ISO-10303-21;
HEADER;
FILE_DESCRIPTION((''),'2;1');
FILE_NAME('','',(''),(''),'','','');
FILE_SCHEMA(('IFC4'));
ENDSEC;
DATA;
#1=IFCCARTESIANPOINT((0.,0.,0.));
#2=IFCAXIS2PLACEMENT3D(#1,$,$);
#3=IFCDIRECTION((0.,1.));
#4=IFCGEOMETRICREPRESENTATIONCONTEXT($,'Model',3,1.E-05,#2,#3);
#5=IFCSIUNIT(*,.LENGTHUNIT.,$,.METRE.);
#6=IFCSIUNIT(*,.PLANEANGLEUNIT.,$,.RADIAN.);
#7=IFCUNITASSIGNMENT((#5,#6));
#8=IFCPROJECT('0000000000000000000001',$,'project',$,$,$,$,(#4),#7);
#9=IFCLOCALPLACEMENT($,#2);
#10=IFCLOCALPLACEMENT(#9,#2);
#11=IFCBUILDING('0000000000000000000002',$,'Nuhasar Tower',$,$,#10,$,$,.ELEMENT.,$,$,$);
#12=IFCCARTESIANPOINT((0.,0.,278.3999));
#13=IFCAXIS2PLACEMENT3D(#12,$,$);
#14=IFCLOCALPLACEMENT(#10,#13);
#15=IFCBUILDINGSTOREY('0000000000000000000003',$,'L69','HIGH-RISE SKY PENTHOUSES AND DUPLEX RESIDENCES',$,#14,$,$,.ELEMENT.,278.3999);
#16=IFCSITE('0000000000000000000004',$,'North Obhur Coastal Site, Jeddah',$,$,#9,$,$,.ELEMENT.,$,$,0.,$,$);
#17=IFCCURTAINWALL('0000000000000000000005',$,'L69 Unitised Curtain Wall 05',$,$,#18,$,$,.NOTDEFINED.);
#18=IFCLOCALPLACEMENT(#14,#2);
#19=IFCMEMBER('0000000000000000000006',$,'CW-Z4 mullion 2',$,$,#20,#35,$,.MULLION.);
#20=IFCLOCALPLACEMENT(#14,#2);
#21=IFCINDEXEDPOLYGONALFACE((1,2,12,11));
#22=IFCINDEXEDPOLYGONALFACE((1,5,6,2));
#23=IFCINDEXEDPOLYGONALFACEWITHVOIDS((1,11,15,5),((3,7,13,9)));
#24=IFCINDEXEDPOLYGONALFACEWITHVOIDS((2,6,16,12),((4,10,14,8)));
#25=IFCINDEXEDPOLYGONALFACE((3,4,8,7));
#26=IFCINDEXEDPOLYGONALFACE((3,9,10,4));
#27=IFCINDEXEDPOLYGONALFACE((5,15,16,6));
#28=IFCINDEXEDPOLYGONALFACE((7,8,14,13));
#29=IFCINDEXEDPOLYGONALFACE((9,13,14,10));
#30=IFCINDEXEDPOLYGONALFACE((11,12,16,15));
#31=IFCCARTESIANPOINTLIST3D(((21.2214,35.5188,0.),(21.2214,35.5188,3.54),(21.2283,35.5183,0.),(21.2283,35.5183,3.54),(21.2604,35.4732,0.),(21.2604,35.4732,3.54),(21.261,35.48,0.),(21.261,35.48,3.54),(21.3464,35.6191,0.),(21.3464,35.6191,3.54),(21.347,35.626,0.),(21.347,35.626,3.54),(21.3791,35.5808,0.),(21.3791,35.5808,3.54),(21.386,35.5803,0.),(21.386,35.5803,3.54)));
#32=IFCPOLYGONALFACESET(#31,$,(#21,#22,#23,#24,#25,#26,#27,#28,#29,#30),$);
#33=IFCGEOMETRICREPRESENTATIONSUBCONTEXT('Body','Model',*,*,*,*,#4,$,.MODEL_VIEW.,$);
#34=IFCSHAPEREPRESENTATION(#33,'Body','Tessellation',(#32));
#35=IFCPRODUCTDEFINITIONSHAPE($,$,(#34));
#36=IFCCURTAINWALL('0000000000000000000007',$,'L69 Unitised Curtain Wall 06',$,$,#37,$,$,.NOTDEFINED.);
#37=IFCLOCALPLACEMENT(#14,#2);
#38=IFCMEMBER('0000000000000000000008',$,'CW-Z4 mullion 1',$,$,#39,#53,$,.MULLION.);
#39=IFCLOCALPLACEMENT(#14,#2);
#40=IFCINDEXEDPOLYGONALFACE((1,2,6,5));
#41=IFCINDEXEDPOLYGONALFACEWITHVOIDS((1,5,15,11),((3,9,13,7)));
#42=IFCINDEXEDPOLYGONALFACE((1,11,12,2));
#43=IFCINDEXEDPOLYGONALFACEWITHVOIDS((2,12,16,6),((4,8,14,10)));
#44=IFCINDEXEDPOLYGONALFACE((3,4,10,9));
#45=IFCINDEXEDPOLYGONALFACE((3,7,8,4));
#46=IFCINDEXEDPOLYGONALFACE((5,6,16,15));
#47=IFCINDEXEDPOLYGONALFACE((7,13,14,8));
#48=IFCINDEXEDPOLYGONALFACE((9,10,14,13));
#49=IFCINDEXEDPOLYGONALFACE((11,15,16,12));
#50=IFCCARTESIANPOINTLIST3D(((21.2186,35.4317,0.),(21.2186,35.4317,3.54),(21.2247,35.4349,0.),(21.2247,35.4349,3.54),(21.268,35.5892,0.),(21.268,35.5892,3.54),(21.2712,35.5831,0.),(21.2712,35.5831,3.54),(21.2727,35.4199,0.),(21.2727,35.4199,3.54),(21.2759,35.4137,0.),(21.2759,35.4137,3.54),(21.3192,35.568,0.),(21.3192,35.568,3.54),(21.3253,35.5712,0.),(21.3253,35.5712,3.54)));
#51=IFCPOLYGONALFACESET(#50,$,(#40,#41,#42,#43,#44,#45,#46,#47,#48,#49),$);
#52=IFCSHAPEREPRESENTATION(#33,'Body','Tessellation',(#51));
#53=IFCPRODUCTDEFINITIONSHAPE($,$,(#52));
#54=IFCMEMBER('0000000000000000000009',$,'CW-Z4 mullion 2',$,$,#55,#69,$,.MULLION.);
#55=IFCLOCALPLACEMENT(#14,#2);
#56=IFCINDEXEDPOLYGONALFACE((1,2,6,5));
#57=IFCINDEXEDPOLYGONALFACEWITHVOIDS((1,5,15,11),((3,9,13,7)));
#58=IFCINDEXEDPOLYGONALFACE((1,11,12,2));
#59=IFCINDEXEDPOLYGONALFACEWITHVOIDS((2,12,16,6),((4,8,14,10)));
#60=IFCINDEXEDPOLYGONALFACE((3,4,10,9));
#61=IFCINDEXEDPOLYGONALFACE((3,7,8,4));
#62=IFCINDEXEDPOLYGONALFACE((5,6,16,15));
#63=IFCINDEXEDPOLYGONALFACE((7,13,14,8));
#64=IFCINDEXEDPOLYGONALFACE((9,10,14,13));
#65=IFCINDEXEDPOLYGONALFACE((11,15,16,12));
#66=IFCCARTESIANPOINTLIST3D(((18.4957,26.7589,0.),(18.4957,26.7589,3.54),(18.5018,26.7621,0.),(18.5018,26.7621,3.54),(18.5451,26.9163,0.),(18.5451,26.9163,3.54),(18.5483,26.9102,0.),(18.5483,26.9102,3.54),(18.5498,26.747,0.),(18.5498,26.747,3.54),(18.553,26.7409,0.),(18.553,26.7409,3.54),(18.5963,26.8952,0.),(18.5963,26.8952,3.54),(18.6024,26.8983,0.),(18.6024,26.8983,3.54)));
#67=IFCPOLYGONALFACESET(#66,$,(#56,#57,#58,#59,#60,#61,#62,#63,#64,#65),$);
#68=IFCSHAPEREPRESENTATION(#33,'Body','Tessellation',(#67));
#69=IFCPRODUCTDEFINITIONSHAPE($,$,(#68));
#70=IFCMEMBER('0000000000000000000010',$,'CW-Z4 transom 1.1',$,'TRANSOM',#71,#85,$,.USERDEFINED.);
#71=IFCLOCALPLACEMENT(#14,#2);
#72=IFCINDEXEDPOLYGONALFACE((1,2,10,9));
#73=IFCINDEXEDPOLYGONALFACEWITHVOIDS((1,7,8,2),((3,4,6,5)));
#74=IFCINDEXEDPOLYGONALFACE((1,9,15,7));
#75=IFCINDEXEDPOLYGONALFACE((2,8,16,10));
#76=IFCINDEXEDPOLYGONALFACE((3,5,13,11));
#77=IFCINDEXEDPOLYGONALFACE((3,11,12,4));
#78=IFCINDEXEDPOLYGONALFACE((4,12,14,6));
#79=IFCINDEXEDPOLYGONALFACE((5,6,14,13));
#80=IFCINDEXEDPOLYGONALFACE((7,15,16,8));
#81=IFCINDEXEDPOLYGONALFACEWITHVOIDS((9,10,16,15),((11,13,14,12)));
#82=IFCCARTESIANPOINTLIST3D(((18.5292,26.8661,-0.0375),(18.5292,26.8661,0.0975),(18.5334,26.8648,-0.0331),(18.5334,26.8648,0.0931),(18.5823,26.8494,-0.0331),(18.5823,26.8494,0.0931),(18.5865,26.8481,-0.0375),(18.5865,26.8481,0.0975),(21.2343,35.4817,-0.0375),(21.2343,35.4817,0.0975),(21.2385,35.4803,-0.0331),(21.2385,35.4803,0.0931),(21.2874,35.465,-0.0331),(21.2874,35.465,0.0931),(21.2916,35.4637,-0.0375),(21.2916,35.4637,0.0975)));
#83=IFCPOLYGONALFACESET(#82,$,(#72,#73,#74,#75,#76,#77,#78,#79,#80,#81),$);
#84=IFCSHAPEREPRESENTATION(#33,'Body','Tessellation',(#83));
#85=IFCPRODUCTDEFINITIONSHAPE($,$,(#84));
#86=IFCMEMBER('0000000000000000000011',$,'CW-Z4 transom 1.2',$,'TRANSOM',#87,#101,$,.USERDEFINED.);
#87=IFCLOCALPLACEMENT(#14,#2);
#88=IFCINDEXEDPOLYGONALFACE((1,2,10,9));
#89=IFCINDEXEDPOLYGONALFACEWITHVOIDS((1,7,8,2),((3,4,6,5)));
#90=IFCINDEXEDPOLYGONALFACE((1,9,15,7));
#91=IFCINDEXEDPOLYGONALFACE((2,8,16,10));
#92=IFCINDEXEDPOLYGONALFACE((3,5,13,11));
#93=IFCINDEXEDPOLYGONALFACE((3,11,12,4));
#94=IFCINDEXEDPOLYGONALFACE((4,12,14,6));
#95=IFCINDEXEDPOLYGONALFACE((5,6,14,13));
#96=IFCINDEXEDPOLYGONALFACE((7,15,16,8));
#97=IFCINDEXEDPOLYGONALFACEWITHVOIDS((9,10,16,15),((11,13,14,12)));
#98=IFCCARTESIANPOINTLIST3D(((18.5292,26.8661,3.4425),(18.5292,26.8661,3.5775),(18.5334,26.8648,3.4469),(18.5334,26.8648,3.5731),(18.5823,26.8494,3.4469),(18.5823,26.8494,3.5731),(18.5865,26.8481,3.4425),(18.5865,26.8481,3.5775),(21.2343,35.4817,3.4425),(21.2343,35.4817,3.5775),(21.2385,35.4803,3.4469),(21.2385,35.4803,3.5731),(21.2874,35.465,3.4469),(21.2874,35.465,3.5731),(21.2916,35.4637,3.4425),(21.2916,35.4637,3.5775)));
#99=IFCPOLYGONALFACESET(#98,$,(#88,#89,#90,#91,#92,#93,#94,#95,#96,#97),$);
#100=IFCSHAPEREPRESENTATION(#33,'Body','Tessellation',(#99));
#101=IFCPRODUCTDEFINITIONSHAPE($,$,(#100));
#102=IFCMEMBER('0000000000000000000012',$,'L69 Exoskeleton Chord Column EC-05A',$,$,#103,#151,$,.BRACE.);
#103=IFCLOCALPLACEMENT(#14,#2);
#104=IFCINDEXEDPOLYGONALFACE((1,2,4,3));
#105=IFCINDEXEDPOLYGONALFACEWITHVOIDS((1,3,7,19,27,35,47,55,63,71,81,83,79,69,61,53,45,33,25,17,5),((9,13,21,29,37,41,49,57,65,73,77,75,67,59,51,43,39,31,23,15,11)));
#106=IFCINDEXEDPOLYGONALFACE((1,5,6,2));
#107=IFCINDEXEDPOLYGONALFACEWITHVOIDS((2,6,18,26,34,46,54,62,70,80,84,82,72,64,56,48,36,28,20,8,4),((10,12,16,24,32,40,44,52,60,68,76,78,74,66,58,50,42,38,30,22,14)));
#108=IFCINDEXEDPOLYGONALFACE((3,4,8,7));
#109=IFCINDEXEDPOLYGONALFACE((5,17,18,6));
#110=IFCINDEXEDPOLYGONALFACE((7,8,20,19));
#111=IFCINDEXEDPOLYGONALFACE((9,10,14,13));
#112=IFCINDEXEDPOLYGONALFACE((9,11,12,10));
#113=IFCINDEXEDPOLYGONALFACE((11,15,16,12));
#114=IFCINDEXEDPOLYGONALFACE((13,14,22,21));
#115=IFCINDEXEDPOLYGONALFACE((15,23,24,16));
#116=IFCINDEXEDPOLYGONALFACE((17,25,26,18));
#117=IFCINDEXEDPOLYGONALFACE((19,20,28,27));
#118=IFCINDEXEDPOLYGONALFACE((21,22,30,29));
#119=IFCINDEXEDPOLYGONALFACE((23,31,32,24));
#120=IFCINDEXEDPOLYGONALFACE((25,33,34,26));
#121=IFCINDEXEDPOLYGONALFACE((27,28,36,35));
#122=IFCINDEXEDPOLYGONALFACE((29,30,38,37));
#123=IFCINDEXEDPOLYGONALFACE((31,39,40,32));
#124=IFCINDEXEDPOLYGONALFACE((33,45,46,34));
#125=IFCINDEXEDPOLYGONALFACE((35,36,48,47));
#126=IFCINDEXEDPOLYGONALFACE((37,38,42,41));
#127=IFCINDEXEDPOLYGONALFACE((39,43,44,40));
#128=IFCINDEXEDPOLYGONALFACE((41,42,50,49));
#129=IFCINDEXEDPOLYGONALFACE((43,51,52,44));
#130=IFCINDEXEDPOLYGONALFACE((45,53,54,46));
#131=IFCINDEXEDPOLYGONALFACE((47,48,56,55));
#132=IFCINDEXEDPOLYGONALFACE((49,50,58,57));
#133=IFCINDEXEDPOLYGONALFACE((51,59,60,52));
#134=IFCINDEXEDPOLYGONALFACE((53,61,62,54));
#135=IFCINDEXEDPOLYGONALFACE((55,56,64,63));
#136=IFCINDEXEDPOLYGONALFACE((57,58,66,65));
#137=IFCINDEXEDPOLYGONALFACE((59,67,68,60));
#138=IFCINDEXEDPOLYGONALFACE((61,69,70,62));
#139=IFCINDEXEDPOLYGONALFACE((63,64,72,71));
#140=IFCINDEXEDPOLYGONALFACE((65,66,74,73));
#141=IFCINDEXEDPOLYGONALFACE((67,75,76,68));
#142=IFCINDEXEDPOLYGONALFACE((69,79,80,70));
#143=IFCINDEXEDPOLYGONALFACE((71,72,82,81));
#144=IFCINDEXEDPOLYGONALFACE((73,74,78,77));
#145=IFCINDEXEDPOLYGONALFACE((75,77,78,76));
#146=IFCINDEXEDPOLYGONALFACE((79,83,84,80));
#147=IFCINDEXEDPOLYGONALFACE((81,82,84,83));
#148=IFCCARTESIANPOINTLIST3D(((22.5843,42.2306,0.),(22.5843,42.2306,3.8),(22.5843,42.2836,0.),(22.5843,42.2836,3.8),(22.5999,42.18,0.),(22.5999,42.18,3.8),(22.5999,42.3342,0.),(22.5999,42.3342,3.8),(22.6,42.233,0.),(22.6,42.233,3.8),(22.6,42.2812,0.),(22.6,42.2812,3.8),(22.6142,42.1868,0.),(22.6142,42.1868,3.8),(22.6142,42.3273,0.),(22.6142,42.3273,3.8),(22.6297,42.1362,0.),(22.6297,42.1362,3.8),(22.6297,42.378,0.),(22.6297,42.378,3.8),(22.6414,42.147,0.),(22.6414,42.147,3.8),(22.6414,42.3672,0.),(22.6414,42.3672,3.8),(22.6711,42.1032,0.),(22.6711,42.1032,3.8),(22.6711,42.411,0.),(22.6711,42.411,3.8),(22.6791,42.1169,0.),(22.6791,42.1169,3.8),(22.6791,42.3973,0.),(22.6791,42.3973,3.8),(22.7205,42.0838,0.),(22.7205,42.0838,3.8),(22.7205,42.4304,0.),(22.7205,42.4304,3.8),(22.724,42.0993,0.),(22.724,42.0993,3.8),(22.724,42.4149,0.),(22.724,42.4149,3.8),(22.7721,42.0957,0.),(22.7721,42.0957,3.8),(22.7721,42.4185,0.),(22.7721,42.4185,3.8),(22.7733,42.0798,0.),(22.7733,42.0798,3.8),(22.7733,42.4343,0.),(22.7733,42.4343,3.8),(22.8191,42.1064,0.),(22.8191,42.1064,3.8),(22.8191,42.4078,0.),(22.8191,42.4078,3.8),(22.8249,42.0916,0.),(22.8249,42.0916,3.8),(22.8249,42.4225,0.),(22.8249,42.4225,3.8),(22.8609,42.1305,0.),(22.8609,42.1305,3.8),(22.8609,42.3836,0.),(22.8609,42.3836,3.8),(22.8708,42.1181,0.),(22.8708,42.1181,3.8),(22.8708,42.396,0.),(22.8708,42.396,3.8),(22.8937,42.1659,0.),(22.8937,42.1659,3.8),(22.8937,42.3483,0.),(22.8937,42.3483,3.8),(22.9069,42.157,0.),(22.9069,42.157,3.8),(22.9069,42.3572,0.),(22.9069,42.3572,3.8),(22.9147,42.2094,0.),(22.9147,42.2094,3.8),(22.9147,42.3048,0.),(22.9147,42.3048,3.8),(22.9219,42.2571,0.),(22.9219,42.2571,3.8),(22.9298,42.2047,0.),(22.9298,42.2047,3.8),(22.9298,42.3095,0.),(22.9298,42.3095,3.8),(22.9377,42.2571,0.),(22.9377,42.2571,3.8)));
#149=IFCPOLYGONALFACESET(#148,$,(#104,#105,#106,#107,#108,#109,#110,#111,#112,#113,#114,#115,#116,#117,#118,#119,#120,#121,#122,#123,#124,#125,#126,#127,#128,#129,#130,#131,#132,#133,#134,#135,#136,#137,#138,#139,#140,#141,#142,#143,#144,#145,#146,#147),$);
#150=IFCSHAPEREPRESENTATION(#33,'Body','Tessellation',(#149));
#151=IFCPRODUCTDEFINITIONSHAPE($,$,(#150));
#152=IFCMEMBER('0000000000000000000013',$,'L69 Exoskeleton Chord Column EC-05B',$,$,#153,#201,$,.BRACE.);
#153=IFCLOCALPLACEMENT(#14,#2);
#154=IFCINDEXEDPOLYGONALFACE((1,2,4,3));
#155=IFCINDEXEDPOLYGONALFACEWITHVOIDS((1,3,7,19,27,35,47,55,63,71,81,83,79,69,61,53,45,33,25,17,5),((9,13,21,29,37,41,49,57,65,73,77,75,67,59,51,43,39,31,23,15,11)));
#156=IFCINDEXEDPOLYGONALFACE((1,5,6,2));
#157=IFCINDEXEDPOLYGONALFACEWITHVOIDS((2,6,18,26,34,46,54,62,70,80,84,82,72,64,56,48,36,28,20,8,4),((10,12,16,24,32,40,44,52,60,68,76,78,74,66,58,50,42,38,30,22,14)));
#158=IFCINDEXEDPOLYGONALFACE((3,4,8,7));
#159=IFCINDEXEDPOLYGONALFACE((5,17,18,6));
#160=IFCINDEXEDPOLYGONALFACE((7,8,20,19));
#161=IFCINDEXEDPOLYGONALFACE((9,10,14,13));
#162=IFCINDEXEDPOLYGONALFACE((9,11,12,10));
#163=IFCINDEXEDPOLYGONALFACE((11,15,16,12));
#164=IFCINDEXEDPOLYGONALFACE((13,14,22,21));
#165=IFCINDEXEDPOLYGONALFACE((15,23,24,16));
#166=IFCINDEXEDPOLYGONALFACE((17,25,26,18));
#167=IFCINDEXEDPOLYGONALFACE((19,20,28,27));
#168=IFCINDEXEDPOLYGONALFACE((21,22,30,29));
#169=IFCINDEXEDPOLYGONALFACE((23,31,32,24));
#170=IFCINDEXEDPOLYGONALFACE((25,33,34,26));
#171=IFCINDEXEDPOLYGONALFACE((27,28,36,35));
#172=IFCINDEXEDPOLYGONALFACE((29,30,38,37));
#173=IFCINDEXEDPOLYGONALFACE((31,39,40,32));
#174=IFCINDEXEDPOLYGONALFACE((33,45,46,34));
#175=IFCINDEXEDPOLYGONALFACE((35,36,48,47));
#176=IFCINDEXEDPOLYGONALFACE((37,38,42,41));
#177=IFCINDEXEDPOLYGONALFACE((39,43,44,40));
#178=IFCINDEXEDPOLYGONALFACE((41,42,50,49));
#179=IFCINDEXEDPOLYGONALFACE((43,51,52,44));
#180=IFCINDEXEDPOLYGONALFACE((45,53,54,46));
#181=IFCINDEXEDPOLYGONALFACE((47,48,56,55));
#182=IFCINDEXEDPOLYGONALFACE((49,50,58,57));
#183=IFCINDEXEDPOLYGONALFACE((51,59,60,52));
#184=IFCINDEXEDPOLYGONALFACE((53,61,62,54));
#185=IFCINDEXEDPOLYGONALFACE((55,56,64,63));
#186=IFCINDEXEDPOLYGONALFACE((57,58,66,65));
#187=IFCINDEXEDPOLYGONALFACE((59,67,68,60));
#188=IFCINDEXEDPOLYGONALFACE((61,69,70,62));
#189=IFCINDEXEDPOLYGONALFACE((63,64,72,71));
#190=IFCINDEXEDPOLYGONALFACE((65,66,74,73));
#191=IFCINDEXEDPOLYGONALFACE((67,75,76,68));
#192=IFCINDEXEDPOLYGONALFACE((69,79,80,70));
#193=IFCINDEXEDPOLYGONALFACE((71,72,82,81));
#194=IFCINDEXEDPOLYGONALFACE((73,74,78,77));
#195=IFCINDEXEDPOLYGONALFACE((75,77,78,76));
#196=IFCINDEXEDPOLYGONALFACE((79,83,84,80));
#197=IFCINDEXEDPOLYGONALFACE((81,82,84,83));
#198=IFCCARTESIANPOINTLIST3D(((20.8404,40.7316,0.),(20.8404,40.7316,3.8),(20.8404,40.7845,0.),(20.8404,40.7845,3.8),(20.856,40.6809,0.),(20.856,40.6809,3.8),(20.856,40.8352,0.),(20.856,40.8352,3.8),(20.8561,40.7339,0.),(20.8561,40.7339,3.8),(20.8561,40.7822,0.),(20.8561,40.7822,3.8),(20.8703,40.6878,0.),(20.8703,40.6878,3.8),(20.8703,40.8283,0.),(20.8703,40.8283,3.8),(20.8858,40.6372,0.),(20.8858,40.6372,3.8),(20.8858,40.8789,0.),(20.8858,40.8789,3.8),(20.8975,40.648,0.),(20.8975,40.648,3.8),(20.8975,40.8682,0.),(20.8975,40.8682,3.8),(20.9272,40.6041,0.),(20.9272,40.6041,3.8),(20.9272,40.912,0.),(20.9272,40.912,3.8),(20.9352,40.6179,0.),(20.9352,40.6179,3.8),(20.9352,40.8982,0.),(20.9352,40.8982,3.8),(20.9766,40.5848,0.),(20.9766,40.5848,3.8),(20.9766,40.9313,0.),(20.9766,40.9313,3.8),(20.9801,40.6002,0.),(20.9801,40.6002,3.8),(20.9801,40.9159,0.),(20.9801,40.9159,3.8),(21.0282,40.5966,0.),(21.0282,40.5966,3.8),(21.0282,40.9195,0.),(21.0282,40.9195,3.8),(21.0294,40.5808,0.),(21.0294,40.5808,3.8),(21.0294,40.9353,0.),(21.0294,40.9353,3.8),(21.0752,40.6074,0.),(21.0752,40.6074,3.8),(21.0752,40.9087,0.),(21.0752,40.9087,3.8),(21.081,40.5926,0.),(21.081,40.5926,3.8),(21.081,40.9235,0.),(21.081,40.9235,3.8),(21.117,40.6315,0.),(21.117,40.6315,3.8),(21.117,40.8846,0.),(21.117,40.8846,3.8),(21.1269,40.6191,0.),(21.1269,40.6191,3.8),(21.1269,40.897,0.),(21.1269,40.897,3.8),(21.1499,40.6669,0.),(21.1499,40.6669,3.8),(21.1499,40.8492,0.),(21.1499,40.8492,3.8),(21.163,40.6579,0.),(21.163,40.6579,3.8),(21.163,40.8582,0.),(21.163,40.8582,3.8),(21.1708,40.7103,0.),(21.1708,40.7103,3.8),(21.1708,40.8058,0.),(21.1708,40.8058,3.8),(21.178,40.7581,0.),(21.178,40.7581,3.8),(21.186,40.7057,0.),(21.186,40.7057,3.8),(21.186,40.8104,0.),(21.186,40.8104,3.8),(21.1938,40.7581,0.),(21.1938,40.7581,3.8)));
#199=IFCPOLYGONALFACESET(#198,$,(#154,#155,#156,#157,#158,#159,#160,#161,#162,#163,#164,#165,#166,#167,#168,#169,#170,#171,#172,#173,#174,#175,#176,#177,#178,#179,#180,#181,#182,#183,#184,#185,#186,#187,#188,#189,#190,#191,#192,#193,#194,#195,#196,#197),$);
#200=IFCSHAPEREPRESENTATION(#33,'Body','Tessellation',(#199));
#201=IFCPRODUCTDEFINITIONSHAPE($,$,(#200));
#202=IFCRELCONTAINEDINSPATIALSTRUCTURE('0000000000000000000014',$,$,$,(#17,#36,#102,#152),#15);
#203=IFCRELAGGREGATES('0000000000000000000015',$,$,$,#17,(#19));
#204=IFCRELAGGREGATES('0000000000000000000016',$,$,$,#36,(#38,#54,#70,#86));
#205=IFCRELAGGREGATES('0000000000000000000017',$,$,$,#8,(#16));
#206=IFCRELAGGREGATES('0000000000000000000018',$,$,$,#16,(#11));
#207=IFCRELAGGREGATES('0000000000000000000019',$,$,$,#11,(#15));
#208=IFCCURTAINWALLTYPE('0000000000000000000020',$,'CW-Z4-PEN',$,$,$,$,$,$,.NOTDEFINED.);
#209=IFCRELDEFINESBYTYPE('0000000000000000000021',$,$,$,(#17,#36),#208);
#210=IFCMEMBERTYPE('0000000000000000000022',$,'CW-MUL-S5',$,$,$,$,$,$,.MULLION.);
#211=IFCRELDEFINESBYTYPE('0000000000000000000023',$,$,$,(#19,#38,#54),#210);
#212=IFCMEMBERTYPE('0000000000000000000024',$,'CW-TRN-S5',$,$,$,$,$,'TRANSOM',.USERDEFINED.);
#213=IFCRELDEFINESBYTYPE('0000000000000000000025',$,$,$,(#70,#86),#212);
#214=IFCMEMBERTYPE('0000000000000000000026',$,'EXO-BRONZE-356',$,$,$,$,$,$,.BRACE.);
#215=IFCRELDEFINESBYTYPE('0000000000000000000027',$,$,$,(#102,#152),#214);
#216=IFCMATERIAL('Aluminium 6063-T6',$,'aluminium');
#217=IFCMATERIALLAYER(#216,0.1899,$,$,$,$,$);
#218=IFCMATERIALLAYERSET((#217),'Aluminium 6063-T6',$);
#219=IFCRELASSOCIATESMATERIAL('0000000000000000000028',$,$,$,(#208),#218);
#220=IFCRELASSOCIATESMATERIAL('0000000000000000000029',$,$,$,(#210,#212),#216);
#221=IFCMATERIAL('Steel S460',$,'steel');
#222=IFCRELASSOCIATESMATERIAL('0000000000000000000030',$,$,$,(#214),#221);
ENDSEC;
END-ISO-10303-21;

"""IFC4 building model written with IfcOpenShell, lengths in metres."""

from ifc_helpers import new_model, si_unit, direction, frame, origin, origin_2d, place, context, subcontext, project, spatial, hollow_rectangle, hollow_circle, extrude, material, layer, layer_set, material_profile, profile_set, type_object, element, aggregate, save


model = new_model("IFC4")

# Units and contexts
model_context = context("Model", 3, precision=1e-05, world=origin(), true_north=direction((0.0, 1.0)))
body_context = subcontext(model_context, "Body", "Model", "MODEL_VIEW")
ifc_project = project(units=[si_unit("LENGTHUNIT", "METRE"), si_unit("PLANEANGLEUNIT", "RADIAN")], contexts=[model_context])

# Site, building, storey
site_placement = place(None, origin())
site = spatial("IfcSite", under=ifc_project, at=site_placement, Name="North Obhur Coastal Site, Jeddah", CompositionType="ELEMENT", RefElevation=0.0)
building_placement = place(site_placement, origin())
building = spatial("IfcBuilding", under=site, at=building_placement, Name="Nuhasar Tower", CompositionType="ELEMENT")
storey_placement = place(building_placement, frame((0.0, 0.0, 278.3999)))
storey = spatial("IfcBuildingStorey", under=building, at=storey_placement, Name="L69", Description="HIGH-RISE SKY PENTHOUSES AND DUPLEX RESIDENCES", CompositionType="ELEMENT", Elevation=278.3999)

# Curtain wall, member
ifc_material_1 = material(Name="Aluminium 6063-T6", Category="aluminium")
ifc_layer_1 = layer(ifc_material_1, 0.1899)
ifc_layer_set_1 = layer_set([ifc_layer_1], Name="Aluminium 6063-T6")
curtain_wall_type = type_object("IfcCurtainWallType", Name="CW-Z4-PEN", PredefinedType="NOTDEFINED", material=ifc_layer_set_1)
curtain_wall_1_placement = place(storey_placement, origin())
curtain_wall_1 = element("IfcCurtainWall", 1, at=curtain_wall_1_placement, inside=storey, type_object=curtain_wall_type, Name="L69 Unitised Curtain Wall 05", PredefinedType="NOTDEFINED")
ifc_material_profile_1 = material_profile(ifc_material_1, hollow_rectangle(XDim=0.0601, YDim=0.165, WallThickness=0.0049, at=origin_2d()), Name="CWM-5")
ifc_profile_set_1 = profile_set([ifc_material_profile_1], Name="Aluminium 6063-T6")
member_type_1 = type_object("IfcMemberType", Name="CW-MUL-S5", PredefinedType="MULLION", material=ifc_profile_set_1)
member_1_placement = place(storey_placement, frame((21.3037, 35.5496, 0.0), z_axis=(0.0, 0.0, 1.0), x_axis=(0.649142, -0.760667, 0.0)))
member_1 = element("IfcMember", 2, at=member_1_placement, type_object=member_type_1, Name="CW-Z4 mullion 2", PredefinedType="MULLION", context=body_context, shape_type="SweptSolid", body=[
    extrude(hollow_rectangle(XDim=0.0601, YDim=0.165, WallThickness=0.0049, at=origin_2d()), origin(), (0.0, 0.0, 1.0), 3.54),
])

# Curtain wall, members
curtain_wall_2_placement = place(storey_placement, origin())
curtain_wall_2 = element("IfcCurtainWall", 3, at=curtain_wall_2_placement, inside=storey, type_object=curtain_wall_type, Name="L69 Unitised Curtain Wall 06", PredefinedType="NOTDEFINED")
member_2_placement = place(storey_placement, frame((21.272, 35.5015, 0.0), z_axis=(0.0, 0.0, 1.0), x_axis=(0.954079, -0.299557, 0.0)))
member_2 = element("IfcMember", 4, at=member_2_placement, type_object=member_type_1, Name="CW-Z4 mullion 1", PredefinedType="MULLION", context=body_context, shape_type="SweptSolid", body=[
    extrude(hollow_rectangle(XDim=0.0601, YDim=0.165, WallThickness=0.0049, at=origin_2d()), origin(), (0.0, 0.0, 1.0), 3.54),
])
member_3_placement = place(storey_placement, frame((18.5491, 26.8286, 0.0), z_axis=(0.0, 0.0, 1.0), x_axis=(0.954079, -0.299557, 0.0)))
member_3 = element("IfcMember", 5, at=member_3_placement, type_object=member_type_1, Name="CW-Z4 mullion 2", PredefinedType="MULLION", context=body_context, shape_type="SweptSolid", body=[
    extrude(hollow_rectangle(XDim=0.0601, YDim=0.165, WallThickness=0.0049, at=origin_2d()), origin(), (0.0, 0.0, 1.0), 3.54),
])
ifc_material_profile_2 = material_profile(ifc_material_1, hollow_rectangle(XDim=0.0601, YDim=0.135, WallThickness=0.0044, at=origin_2d()), Name="CWT-5")
ifc_profile_set_2 = profile_set([ifc_material_profile_2], Name="Aluminium 6063-T6")
member_type_2 = type_object("IfcMemberType", Name="CW-TRN-S5", ElementType="TRANSOM", PredefinedType="USERDEFINED", material=ifc_profile_set_2)
member_4_placement = place(storey_placement, frame((21.2629, 35.4727, 0.03), z_axis=(-0.29956, -0.954077, 0.0), x_axis=(0.954077, -0.29956, 0.0)))
member_4 = element("IfcMember", 6, at=member_4_placement, type_object=member_type_2, Name="CW-Z4 transom 1.1", ObjectType="TRANSOM", PredefinedType="USERDEFINED", context=body_context, shape_type="SweptSolid", body=[
    extrude(hollow_rectangle(XDim=0.0601, YDim=0.135, WallThickness=0.0044, at=origin_2d()), origin(), (0.0, 0.0, 1.0), 9.0303),
])
member_5_placement = place(storey_placement, frame((21.2629, 35.4727, 3.51), z_axis=(-0.29956, -0.954077, 0.0), x_axis=(0.954077, -0.29956, 0.0)))
member_5 = element("IfcMember", 7, at=member_5_placement, type_object=member_type_2, Name="CW-Z4 transom 1.2", ObjectType="TRANSOM", PredefinedType="USERDEFINED", context=body_context, shape_type="SweptSolid", body=[
    extrude(hollow_rectangle(XDim=0.0601, YDim=0.135, WallThickness=0.0044, at=origin_2d()), origin(), (0.0, 0.0, 1.0), 9.0303),
])

# Members
ifc_material_2 = material(Name="Steel S460", Category="steel")
ifc_material_profile_3 = material_profile(ifc_material_2, hollow_circle(Radius=0.1777, WallThickness=0.0159, at=origin_2d()), Name="HSS355.6X15.9")
ifc_profile_set_3 = profile_set([ifc_material_profile_3], Name="Steel S460")
member_type_3 = type_object("IfcMemberType", Name="EXO-BRONZE-356", PredefinedType="BRACE", material=ifc_profile_set_3)
for number, where, z_axis, x_axis, name in (
    (8, (22.76, 42.2571, 0.0), (0.0, 0.0, 1.0), (1.0, 0.0, 0.0), "L69 Exoskeleton Chord Column EC-05A"),
    (9, (21.0161, 40.7581, 0.0), (0.0, 0.0, 1.0), (1.0, 0.0, 0.0), "L69 Exoskeleton Chord Column EC-05B"),
):
    element("IfcMember", number, at=place(storey_placement, frame(where, z_axis=z_axis, x_axis=x_axis)), inside=storey, type_object=member_type_3, Name=name, PredefinedType="BRACE", context=body_context, shape_type="SweptSolid", body=[
        extrude(hollow_circle(Radius=0.1777, WallThickness=0.0159, at=origin_2d()), origin(), (0.0, 0.0, 1.0), 3.8),
    ])

aggregate(curtain_wall_1, [member_1])
aggregate(curtain_wall_2, [member_2, member_3, member_4, member_5])

save(model, "model.ifc")
